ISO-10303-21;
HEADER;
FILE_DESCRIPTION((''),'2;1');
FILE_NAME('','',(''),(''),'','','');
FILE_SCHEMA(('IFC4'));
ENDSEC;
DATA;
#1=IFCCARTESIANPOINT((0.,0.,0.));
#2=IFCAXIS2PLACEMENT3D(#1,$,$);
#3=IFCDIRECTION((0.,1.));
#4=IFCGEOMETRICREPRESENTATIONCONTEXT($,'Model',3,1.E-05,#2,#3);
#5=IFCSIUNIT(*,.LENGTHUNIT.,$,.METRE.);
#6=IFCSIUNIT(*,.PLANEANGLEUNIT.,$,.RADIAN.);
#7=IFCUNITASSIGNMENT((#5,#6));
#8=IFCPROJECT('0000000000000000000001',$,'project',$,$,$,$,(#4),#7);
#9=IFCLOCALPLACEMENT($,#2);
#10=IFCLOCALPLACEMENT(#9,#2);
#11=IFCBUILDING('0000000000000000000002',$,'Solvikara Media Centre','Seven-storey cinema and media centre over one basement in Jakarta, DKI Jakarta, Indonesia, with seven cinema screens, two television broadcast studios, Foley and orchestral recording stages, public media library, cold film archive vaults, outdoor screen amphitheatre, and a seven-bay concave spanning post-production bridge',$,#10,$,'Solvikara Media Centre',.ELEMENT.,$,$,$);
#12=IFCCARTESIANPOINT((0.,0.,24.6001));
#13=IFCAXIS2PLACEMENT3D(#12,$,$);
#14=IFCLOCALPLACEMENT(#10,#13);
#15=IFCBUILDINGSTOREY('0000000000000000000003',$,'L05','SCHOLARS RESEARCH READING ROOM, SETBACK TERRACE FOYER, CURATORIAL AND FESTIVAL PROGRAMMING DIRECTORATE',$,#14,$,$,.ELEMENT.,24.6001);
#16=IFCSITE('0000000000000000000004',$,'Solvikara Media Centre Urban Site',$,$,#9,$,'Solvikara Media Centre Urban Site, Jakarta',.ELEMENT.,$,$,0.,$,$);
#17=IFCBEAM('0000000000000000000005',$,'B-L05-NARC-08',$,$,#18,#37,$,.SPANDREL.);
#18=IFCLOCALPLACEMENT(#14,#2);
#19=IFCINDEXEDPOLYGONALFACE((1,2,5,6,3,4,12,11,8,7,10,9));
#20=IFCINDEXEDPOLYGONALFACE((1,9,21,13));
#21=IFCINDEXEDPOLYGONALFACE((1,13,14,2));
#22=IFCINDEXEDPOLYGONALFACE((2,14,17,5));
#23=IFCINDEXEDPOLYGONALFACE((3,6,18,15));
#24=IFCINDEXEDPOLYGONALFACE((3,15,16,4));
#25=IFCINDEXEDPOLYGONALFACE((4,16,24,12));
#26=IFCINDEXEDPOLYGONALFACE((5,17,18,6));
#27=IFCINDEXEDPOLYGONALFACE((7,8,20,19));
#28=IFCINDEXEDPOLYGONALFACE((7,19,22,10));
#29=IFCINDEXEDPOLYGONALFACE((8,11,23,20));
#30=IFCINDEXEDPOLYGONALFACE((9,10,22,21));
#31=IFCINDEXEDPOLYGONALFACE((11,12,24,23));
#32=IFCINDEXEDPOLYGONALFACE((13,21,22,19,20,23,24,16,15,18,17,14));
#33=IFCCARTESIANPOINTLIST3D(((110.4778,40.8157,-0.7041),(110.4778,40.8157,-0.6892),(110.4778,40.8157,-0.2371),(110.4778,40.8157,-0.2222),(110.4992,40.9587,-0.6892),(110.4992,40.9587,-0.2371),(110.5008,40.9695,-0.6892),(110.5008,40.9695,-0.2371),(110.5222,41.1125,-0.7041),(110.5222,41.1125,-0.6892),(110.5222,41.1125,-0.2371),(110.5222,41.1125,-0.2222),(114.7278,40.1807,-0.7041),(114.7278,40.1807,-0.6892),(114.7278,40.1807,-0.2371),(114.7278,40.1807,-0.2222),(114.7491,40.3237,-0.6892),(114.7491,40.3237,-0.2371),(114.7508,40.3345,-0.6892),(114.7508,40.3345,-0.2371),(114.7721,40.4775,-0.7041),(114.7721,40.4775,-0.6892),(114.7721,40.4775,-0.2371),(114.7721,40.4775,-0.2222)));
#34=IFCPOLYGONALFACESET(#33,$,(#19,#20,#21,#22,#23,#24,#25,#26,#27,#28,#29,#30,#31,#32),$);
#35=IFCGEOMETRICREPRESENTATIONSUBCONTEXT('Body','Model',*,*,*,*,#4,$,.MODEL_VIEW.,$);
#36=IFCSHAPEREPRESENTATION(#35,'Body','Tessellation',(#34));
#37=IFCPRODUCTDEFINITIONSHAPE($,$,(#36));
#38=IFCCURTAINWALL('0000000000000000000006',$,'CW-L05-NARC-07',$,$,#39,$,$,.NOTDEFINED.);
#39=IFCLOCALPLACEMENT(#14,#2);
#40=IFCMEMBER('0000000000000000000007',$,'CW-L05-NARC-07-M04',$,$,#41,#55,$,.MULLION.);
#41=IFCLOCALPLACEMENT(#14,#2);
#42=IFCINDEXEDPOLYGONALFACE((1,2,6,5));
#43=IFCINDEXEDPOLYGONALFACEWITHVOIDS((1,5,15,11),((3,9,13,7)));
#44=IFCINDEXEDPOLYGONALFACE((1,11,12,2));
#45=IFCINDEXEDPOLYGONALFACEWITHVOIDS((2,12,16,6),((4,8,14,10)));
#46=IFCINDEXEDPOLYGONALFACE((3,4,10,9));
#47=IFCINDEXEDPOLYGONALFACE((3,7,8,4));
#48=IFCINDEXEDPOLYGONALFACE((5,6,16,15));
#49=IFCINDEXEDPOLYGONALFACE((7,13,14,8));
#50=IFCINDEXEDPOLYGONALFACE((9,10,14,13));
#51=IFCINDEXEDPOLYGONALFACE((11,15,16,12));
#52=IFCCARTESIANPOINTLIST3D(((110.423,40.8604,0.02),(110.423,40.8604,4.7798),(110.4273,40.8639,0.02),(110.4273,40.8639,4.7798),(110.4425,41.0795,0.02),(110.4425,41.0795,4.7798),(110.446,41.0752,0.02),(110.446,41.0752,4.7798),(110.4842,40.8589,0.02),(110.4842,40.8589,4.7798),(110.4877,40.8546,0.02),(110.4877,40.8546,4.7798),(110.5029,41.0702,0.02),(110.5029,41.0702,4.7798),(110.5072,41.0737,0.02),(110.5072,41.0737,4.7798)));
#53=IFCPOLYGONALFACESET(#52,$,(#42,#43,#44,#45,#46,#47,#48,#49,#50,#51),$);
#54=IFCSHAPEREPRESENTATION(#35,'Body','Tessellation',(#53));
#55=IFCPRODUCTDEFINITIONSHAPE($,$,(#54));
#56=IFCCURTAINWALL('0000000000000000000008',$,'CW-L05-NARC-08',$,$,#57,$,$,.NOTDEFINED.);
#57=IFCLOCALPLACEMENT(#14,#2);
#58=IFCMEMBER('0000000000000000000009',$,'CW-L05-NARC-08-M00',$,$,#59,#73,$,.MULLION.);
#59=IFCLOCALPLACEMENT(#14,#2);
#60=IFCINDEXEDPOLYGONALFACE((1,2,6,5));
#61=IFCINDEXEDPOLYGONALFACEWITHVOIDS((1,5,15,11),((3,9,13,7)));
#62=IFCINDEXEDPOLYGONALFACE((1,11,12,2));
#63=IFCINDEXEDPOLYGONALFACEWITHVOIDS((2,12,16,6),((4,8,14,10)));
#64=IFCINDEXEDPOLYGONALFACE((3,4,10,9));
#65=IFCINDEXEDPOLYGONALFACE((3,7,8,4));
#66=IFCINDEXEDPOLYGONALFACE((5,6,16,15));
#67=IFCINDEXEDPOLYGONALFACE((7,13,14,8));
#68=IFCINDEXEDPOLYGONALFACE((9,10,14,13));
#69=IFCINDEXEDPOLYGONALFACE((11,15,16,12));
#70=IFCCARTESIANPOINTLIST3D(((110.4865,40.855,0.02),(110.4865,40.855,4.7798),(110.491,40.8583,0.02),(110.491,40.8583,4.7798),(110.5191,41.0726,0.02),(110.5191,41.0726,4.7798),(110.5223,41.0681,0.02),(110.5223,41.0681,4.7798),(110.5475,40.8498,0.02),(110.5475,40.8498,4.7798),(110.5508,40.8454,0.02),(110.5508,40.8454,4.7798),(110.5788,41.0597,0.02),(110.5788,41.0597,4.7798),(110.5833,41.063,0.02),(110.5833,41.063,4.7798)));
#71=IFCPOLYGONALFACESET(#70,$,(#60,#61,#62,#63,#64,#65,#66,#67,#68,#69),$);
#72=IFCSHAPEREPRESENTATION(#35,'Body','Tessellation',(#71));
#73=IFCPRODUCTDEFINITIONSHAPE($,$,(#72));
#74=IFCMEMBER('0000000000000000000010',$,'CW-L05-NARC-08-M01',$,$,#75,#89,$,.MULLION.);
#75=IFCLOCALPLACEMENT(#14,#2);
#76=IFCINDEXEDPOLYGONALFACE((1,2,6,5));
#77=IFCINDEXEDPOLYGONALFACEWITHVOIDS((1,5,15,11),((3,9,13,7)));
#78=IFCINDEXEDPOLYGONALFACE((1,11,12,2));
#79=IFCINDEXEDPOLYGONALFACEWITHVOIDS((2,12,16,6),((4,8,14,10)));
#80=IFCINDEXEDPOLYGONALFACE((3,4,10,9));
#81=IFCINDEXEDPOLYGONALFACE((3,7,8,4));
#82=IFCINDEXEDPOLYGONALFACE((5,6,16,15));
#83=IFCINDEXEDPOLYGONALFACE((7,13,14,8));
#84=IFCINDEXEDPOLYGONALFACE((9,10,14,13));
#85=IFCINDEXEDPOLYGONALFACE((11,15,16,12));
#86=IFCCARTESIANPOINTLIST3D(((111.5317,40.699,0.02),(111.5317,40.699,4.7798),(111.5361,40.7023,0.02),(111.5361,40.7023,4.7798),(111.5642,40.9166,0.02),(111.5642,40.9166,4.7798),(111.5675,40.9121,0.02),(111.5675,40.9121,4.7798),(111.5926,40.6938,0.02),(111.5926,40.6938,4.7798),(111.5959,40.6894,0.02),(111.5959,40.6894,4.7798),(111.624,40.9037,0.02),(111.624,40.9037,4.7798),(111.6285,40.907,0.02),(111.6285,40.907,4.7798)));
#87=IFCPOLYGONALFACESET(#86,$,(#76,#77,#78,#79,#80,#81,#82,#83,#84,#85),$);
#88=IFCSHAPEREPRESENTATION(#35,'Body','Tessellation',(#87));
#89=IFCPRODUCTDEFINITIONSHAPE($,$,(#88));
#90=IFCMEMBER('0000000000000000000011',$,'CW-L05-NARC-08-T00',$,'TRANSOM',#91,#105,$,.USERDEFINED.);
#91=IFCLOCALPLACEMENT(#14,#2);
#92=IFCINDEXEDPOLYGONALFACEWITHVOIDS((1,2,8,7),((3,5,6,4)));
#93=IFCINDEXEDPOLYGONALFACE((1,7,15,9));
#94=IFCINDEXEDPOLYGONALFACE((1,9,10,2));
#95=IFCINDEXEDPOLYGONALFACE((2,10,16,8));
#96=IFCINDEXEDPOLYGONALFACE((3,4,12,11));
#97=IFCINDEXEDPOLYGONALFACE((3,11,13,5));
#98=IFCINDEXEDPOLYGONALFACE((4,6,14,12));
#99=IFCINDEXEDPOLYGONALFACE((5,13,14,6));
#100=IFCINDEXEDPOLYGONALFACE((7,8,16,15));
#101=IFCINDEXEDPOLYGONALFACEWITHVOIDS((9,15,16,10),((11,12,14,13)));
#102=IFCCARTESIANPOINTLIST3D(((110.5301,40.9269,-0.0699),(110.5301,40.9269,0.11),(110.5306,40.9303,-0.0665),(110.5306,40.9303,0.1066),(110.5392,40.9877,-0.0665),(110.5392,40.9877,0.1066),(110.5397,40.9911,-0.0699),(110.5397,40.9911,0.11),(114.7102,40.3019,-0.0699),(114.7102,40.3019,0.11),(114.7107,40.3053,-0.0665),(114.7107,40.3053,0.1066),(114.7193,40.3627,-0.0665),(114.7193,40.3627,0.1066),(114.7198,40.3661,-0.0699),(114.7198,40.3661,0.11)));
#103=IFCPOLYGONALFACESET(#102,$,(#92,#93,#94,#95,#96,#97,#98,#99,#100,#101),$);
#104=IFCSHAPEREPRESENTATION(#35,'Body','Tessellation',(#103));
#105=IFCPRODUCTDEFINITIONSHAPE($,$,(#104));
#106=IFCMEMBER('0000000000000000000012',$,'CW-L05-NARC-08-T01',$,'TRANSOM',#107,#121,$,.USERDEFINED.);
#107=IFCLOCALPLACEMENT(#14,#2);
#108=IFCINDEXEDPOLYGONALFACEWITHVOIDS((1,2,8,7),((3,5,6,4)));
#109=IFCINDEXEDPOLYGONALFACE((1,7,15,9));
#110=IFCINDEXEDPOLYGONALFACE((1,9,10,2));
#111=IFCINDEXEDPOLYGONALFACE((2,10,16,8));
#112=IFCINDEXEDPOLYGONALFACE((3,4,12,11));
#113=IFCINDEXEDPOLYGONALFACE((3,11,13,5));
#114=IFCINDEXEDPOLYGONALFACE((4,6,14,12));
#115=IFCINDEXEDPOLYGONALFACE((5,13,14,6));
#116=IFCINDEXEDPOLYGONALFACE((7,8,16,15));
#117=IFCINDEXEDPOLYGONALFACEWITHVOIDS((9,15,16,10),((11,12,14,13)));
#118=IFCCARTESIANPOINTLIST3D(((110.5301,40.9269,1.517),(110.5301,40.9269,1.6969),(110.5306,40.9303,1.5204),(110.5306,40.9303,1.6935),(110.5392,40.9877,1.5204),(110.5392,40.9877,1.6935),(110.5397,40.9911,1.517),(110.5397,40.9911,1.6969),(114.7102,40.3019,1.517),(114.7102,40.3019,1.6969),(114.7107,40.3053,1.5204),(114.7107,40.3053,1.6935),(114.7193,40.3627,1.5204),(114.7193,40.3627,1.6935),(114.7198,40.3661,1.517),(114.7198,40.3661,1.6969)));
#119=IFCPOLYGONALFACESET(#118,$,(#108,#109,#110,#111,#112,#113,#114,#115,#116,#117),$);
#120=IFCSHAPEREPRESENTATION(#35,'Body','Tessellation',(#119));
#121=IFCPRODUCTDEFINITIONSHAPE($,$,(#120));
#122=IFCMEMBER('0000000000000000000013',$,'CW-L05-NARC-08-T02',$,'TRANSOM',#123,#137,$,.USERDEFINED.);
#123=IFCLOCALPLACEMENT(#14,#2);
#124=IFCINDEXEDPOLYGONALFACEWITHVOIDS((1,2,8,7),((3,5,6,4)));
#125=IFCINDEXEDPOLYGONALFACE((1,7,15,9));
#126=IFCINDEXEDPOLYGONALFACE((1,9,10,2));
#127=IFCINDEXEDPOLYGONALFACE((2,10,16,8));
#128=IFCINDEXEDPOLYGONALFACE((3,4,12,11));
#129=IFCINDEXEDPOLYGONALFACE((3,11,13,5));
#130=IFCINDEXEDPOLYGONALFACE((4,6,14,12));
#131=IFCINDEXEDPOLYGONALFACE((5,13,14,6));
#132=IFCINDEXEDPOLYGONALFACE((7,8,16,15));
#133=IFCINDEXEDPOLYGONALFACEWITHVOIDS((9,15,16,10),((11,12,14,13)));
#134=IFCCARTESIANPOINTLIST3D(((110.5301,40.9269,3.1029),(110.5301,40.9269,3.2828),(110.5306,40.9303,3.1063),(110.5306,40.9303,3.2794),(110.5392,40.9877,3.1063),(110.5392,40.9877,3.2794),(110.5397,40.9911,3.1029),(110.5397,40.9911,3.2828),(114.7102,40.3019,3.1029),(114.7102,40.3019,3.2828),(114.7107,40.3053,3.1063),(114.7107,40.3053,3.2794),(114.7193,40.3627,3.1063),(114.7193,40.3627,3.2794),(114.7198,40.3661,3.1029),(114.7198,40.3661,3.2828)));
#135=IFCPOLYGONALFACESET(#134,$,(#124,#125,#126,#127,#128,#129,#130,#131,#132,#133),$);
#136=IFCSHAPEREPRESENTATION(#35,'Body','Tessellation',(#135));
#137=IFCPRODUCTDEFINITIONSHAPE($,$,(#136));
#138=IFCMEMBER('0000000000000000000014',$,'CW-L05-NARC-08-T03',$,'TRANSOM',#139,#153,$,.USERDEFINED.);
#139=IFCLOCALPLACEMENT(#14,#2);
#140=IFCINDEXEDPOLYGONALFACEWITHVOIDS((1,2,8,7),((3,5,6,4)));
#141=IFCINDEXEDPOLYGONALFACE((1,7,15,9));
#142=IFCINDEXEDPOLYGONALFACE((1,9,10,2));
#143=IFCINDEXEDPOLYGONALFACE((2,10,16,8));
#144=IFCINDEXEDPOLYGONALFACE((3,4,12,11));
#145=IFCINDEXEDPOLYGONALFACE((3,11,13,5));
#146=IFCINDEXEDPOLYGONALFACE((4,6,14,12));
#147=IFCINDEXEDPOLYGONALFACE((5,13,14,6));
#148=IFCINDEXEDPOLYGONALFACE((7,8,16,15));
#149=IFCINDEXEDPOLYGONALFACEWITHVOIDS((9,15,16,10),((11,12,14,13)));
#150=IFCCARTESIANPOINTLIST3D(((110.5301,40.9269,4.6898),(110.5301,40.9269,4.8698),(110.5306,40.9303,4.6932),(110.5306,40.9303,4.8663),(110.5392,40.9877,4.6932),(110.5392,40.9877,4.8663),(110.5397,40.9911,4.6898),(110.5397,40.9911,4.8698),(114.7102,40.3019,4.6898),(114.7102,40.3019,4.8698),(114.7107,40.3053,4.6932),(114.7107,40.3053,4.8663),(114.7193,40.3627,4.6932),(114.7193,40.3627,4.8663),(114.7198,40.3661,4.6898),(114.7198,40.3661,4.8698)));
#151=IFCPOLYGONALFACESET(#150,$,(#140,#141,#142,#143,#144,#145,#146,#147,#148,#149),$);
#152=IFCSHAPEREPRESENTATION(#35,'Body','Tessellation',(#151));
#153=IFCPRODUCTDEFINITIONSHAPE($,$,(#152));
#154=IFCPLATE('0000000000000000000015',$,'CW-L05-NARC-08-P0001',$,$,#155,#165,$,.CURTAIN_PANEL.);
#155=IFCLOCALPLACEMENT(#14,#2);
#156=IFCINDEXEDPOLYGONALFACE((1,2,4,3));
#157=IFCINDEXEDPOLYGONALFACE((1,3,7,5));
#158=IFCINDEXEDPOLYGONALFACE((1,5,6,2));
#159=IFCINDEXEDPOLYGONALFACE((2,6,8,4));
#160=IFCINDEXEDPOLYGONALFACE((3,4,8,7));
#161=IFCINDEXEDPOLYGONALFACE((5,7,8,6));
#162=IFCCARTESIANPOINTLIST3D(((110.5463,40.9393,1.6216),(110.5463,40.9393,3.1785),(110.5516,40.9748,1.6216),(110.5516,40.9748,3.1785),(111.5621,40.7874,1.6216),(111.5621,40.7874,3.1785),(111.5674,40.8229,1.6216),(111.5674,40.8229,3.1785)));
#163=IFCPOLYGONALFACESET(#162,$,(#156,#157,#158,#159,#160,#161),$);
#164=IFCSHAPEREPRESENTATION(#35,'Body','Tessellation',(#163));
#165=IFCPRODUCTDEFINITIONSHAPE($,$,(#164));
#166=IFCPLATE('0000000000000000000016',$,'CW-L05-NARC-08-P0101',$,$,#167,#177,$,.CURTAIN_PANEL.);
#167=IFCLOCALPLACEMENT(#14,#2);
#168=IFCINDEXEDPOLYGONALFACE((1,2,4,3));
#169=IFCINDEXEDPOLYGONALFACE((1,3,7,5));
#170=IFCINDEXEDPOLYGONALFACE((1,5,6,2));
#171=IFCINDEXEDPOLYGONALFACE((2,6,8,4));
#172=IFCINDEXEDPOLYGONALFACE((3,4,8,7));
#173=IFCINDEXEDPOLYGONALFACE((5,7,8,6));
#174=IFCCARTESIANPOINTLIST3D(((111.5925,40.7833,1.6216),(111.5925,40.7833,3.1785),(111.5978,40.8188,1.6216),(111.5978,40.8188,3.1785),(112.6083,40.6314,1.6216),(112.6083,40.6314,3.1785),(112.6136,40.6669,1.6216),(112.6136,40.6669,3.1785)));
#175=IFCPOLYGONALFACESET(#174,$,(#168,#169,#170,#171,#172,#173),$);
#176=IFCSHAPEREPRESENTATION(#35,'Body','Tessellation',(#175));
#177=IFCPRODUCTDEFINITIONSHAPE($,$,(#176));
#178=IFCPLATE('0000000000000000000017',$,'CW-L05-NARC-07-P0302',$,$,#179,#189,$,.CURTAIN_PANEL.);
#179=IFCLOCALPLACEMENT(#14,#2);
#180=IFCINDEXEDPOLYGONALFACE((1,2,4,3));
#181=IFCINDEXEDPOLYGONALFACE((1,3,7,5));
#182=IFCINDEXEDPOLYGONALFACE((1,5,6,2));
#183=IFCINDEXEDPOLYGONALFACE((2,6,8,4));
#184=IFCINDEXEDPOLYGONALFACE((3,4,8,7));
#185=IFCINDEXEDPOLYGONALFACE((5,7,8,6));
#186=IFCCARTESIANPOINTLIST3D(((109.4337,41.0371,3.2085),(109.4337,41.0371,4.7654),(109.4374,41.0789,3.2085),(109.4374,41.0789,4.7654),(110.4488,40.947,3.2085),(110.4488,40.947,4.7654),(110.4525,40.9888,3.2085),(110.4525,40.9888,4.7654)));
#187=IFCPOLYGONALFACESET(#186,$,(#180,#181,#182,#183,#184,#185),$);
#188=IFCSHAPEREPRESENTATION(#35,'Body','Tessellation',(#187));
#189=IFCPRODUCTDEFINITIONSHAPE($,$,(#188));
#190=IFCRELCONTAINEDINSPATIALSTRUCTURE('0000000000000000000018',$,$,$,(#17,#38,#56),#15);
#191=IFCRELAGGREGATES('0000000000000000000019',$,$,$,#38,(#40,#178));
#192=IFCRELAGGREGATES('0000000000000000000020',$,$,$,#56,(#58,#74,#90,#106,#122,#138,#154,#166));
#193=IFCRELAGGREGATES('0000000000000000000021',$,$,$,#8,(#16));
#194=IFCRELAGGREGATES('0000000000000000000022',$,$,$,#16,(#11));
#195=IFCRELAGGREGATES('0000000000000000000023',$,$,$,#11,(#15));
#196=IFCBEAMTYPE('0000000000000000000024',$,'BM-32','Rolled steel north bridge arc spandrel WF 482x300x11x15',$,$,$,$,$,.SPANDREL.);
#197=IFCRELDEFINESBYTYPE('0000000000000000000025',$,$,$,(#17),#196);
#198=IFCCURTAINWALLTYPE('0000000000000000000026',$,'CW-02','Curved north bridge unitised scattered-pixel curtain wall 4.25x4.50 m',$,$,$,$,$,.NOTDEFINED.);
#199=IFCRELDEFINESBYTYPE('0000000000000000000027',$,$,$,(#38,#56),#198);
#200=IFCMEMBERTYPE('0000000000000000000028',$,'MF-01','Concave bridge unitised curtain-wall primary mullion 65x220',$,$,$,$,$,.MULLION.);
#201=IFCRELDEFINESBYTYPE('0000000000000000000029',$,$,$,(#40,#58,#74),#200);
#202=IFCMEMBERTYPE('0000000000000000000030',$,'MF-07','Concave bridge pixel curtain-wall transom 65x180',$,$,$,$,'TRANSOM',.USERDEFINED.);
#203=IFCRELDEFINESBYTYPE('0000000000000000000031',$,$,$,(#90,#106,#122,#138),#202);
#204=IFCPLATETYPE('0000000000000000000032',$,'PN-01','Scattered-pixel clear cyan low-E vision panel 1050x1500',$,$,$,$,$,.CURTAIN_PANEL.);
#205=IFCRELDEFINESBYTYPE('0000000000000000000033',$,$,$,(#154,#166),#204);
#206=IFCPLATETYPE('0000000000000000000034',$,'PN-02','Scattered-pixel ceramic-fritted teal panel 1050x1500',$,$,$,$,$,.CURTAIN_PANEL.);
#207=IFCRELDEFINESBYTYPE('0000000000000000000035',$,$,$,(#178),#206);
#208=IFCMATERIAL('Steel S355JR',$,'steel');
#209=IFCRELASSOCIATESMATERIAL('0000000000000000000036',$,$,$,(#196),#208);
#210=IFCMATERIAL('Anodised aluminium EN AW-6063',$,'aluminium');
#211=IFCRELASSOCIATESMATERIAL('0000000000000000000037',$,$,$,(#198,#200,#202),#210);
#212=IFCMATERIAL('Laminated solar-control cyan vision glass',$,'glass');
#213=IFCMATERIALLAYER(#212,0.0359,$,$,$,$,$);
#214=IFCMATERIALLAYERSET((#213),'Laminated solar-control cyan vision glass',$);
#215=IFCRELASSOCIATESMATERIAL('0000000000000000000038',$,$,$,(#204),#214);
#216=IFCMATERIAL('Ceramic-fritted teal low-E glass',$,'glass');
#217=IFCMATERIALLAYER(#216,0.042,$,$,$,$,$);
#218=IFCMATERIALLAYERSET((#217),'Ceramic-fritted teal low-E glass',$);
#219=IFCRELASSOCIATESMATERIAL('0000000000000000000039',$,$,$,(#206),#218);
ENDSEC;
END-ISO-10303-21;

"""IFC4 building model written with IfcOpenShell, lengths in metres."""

from ifc_helpers import new_model, si_unit, direction, frame, origin, origin_2d, place, context, subcontext, project, spatial, rectangle, hollow_rectangle, i_section, extrude, material, layer, layer_set, material_profile, profile_set, type_object, element, aggregate, save


model = new_model("IFC4")

# Units and contexts
model_context = context("Model", 3, precision=1e-05, world=origin(), true_north=direction((0.0, 1.0)))
body_context = subcontext(model_context, "Body", "Model", "MODEL_VIEW")
ifc_project = project(units=[si_unit("LENGTHUNIT", "METRE"), si_unit("PLANEANGLEUNIT", "RADIAN")], contexts=[model_context])

# Site, building, storey
site_placement = place(None, origin())
site = spatial("IfcSite", under=ifc_project, at=site_placement, Name="Solvikara Media Centre Urban Site", LongName="Solvikara Media Centre Urban Site, Jakarta", CompositionType="ELEMENT", RefElevation=0.0)
building_placement = place(site_placement, origin())
building = spatial("IfcBuilding", under=site, at=building_placement, Name="Solvikara Media Centre", Description="Seven-storey cinema and media centre over one basement in Jakarta, DKI Jakarta, Indonesia, with seven cinema screens, two television broadcast studios, Foley and orchestral recording stages, public media library, cold film archive vaults, outdoor screen amphitheatre, and a seven-bay concave spanning post-production bridge", LongName="Solvikara Media Centre", CompositionType="ELEMENT")
storey_placement = place(building_placement, frame((0.0, 0.0, 24.6001)))
storey = spatial("IfcBuildingStorey", under=building, at=storey_placement, Name="L05", Description="SCHOLARS RESEARCH READING ROOM, SETBACK TERRACE FOYER, CURATORIAL AND FESTIVAL PROGRAMMING DIRECTORATE", CompositionType="ELEMENT", Elevation=24.6001)

# Beam
ifc_material_1 = material(Name="Steel S355JR", Category="steel")
ifc_material_profile_1 = material_profile(ifc_material_1, i_section(OverallWidth=0.3, OverallDepth=0.4819, WebThickness=0.011, FlangeThickness=0.0149, at=origin_2d()), Name="WF 482x300x11x15")
ifc_profile_set_1 = profile_set([ifc_material_profile_1], Name="Steel S355JR")
beam_type = type_object("IfcBeamType", Name="BM-32", Description="Rolled steel north bridge arc spandrel WF 482x300x11x15", PredefinedType="SPANDREL", material=ifc_profile_set_1)
beam_placement = place(storey_placement, frame((110.5, 40.9641, -0.4631), z_axis=(0.989021, -0.147774, 0.0), x_axis=(0.147774, 0.989021, 0.0)))
element("IfcBeam", 1, at=beam_placement, inside=storey, type_object=beam_type, Name="B-L05-NARC-08", PredefinedType="SPANDREL", context=body_context, shape_type="SweptSolid", body=[
    extrude(i_section(OverallWidth=0.3, OverallDepth=0.4819, WebThickness=0.011, FlangeThickness=0.0149, at=origin_2d()), origin(), (0.0, 0.0, 1.0), 4.2971),
])

# Curtain wall, member
ifc_material_2 = material(Name="Anodised aluminium EN AW-6063", Category="aluminium")
curtain_wall_type = type_object("IfcCurtainWallType", Name="CW-02", Description="Curved north bridge unitised scattered-pixel curtain wall 4.25x4.50 m", PredefinedType="NOTDEFINED", material=ifc_material_2)
curtain_wall_1_placement = place(storey_placement, origin())
curtain_wall_1 = element("IfcCurtainWall", 2, at=curtain_wall_1_placement, inside=storey, type_object=curtain_wall_type, Name="CW-L05-NARC-07", PredefinedType="NOTDEFINED")
ifc_material_profile_2 = material_profile(ifc_material_2, hollow_rectangle(XDim=0.0649, YDim=0.22, WallThickness=0.0039, at=origin_2d()), Name="ALU-M 65x220x4")
ifc_profile_set_2 = profile_set([ifc_material_profile_2], Name="Anodised aluminium EN AW-6063")
member_type_1 = type_object("IfcMemberType", Name="MF-01", Description="Concave bridge unitised curtain-wall primary mullion 65x220", PredefinedType="MULLION", material=ifc_profile_set_2)
member_1_placement = place(storey_placement, frame((110.4651, 40.967, 0.02), z_axis=(0.0, 0.0, 1.0), x_axis=(0.996084, -0.088408, 0.0)))
member_1 = element("IfcMember", 3, at=member_1_placement, type_object=member_type_1, Name="CW-L05-NARC-07-M04", PredefinedType="MULLION", context=body_context, shape_type="SweptSolid", body=[
    extrude(hollow_rectangle(XDim=0.0649, YDim=0.22, WallThickness=0.0039, at=origin_2d()), origin(), (0.0, 0.0, 1.0), 4.7598),
])

# Curtain wall, members, plates
curtain_wall_2_placement = place(storey_placement, origin())
curtain_wall_2 = element("IfcCurtainWall", 4, at=curtain_wall_2_placement, inside=storey, type_object=curtain_wall_type, Name="CW-L05-NARC-08", PredefinedType="NOTDEFINED")
member_2_placement = place(storey_placement, frame((110.5349, 40.959, 0.02), z_axis=(0.0, 0.0, 1.0), x_axis=(0.989006, -0.147878, 0.0)))
member_2 = element("IfcMember", 5, at=member_2_placement, type_object=member_type_1, Name="CW-L05-NARC-08-M00", PredefinedType="MULLION", context=body_context, shape_type="SweptSolid", body=[
    extrude(hollow_rectangle(XDim=0.0649, YDim=0.22, WallThickness=0.0039, at=origin_2d()), origin(), (0.0, 0.0, 1.0), 4.7598),
])
member_3_placement = place(storey_placement, frame((111.5801, 40.803, 0.02), z_axis=(0.0, 0.0, 1.0), x_axis=(0.989006, -0.147878, 0.0)))
member_3 = element("IfcMember", 6, at=member_3_placement, type_object=member_type_1, Name="CW-L05-NARC-08-M01", PredefinedType="MULLION", context=body_context, shape_type="SweptSolid", body=[
    extrude(hollow_rectangle(XDim=0.0649, YDim=0.22, WallThickness=0.0039, at=origin_2d()), origin(), (0.0, 0.0, 1.0), 4.7598),
])
ifc_material_profile_3 = material_profile(ifc_material_2, hollow_rectangle(XDim=0.0649, YDim=0.1799, WallThickness=0.0034, at=origin_2d()), Name="ALU-T 65x180x3.5")
ifc_profile_set_3 = profile_set([ifc_material_profile_3], Name="Anodised aluminium EN AW-6063")
member_type_2 = type_object("IfcMemberType", Name="MF-07", Description="Concave bridge pixel curtain-wall transom 65x180", ElementType="TRANSOM", PredefinedType="USERDEFINED", material=ifc_profile_set_3)
member_4_placement = place(storey_placement, frame((110.5349, 40.959, 0.02), z_axis=(0.989007, -0.147872, 0.0), x_axis=(0.147872, 0.989007, 0.0)))
member_4 = element("IfcMember", 7, at=member_4_placement, type_object=member_type_2, Name="CW-L05-NARC-08-T00", ObjectType="TRANSOM", PredefinedType="USERDEFINED", context=body_context, shape_type="SweptSolid", body=[
    extrude(hollow_rectangle(XDim=0.0649, YDim=0.1799, WallThickness=0.0034, at=origin_2d()), origin(), (0.0, 0.0, 1.0), 4.2266),
])
member_5_placement = place(storey_placement, frame((110.5349, 40.959, 1.6069), z_axis=(0.989007, -0.147872, 0.0), x_axis=(0.147872, 0.989007, 0.0)))
member_5 = element("IfcMember", 8, at=member_5_placement, type_object=member_type_2, Name="CW-L05-NARC-08-T01", ObjectType="TRANSOM", PredefinedType="USERDEFINED", context=body_context, shape_type="SweptSolid", body=[
    extrude(hollow_rectangle(XDim=0.0649, YDim=0.1799, WallThickness=0.0034, at=origin_2d()), origin(), (0.0, 0.0, 1.0), 4.2266),
])
member_6_placement = place(storey_placement, frame((110.5349, 40.959, 3.1929), z_axis=(0.989007, -0.147872, 0.0), x_axis=(0.147872, 0.989007, 0.0)))
member_6 = element("IfcMember", 9, at=member_6_placement, type_object=member_type_2, Name="CW-L05-NARC-08-T02", ObjectType="TRANSOM", PredefinedType="USERDEFINED", context=body_context, shape_type="SweptSolid", body=[
    extrude(hollow_rectangle(XDim=0.0649, YDim=0.1799, WallThickness=0.0034, at=origin_2d()), origin(), (0.0, 0.0, 1.0), 4.2266),
])
member_7_placement = place(storey_placement, frame((110.5349, 40.959, 4.7798), z_axis=(0.989007, -0.147872, 0.0), x_axis=(0.147872, 0.989007, 0.0)))
member_7 = element("IfcMember", 10, at=member_7_placement, type_object=member_type_2, Name="CW-L05-NARC-08-T03", ObjectType="TRANSOM", PredefinedType="USERDEFINED", context=body_context, shape_type="SweptSolid", body=[
    extrude(hollow_rectangle(XDim=0.0649, YDim=0.1799, WallThickness=0.0034, at=origin_2d()), origin(), (0.0, 0.0, 1.0), 4.2266),
])
ifc_material_3 = material(Name="Laminated solar-control cyan vision glass", Category="glass")
ifc_layer_1 = layer(ifc_material_3, 0.0359)
ifc_layer_set_1 = layer_set([ifc_layer_1], Name="Laminated solar-control cyan vision glass")
plate_type_1 = type_object("IfcPlateType", Name="PN-01", Description="Scattered-pixel clear cyan low-E vision panel 1050x1500", PredefinedType="CURTAIN_PANEL", material=ifc_layer_set_1)
plate_1_placement = place(storey_placement, frame((111.0569, 40.8811, 1.6216), z_axis=(0.0, 0.0, 1.0), x_axis=(0.989006, -0.147878, 0.0)))
plate_1 = element("IfcPlate", 11, at=plate_1_placement, type_object=plate_type_1, Name="CW-L05-NARC-08-P0001", PredefinedType="CURTAIN_PANEL", context=body_context, shape_type="SweptSolid", body=[
    extrude(rectangle(XDim=1.0271, YDim=0.0359, at=origin_2d()), origin(), (0.0, 0.0, 1.0), 1.5569),
])
plate_2_placement = place(storey_placement, frame((112.103, 40.7251, 1.6216), z_axis=(0.0, 0.0, 1.0), x_axis=(0.989006, -0.147878, 0.0)))
plate_2 = element("IfcPlate", 12, at=plate_2_placement, type_object=plate_type_1, Name="CW-L05-NARC-08-P0101", PredefinedType="CURTAIN_PANEL", context=body_context, shape_type="SweptSolid", body=[
    extrude(rectangle(XDim=1.0271, YDim=0.0359, at=origin_2d()), origin(), (0.0, 0.0, 1.0), 1.5569),
])

# Plate
ifc_material_4 = material(Name="Ceramic-fritted teal low-E glass", Category="glass")
ifc_layer_2 = layer(ifc_material_4, 0.042)
ifc_layer_set_2 = layer_set([ifc_layer_2], Name="Ceramic-fritted teal low-E glass")
plate_type_2 = type_object("IfcPlateType", Name="PN-02", Description="Scattered-pixel ceramic-fritted teal panel 1050x1500", PredefinedType="CURTAIN_PANEL", material=ifc_layer_set_2)
plate_3_placement = place(storey_placement, frame((109.9431, 41.0129, 3.2085), z_axis=(0.0, 0.0, 1.0), x_axis=(0.996084, -0.088408, 0.0)))
plate_3 = element("IfcPlate", 13, at=plate_3_placement, type_object=plate_type_2, Name="CW-L05-NARC-07-P0302", PredefinedType="CURTAIN_PANEL", context=body_context, shape_type="SweptSolid", body=[
    extrude(rectangle(XDim=1.019, YDim=0.042, at=origin_2d()), origin(), (0.0, 0.0, 1.0), 1.5569),
])
aggregate(curtain_wall_1, [member_1, plate_3])
aggregate(curtain_wall_2, [member_2, member_3, member_4, member_5, member_6, member_7, plate_1, plate_2])

save(model, "model.ifc")
